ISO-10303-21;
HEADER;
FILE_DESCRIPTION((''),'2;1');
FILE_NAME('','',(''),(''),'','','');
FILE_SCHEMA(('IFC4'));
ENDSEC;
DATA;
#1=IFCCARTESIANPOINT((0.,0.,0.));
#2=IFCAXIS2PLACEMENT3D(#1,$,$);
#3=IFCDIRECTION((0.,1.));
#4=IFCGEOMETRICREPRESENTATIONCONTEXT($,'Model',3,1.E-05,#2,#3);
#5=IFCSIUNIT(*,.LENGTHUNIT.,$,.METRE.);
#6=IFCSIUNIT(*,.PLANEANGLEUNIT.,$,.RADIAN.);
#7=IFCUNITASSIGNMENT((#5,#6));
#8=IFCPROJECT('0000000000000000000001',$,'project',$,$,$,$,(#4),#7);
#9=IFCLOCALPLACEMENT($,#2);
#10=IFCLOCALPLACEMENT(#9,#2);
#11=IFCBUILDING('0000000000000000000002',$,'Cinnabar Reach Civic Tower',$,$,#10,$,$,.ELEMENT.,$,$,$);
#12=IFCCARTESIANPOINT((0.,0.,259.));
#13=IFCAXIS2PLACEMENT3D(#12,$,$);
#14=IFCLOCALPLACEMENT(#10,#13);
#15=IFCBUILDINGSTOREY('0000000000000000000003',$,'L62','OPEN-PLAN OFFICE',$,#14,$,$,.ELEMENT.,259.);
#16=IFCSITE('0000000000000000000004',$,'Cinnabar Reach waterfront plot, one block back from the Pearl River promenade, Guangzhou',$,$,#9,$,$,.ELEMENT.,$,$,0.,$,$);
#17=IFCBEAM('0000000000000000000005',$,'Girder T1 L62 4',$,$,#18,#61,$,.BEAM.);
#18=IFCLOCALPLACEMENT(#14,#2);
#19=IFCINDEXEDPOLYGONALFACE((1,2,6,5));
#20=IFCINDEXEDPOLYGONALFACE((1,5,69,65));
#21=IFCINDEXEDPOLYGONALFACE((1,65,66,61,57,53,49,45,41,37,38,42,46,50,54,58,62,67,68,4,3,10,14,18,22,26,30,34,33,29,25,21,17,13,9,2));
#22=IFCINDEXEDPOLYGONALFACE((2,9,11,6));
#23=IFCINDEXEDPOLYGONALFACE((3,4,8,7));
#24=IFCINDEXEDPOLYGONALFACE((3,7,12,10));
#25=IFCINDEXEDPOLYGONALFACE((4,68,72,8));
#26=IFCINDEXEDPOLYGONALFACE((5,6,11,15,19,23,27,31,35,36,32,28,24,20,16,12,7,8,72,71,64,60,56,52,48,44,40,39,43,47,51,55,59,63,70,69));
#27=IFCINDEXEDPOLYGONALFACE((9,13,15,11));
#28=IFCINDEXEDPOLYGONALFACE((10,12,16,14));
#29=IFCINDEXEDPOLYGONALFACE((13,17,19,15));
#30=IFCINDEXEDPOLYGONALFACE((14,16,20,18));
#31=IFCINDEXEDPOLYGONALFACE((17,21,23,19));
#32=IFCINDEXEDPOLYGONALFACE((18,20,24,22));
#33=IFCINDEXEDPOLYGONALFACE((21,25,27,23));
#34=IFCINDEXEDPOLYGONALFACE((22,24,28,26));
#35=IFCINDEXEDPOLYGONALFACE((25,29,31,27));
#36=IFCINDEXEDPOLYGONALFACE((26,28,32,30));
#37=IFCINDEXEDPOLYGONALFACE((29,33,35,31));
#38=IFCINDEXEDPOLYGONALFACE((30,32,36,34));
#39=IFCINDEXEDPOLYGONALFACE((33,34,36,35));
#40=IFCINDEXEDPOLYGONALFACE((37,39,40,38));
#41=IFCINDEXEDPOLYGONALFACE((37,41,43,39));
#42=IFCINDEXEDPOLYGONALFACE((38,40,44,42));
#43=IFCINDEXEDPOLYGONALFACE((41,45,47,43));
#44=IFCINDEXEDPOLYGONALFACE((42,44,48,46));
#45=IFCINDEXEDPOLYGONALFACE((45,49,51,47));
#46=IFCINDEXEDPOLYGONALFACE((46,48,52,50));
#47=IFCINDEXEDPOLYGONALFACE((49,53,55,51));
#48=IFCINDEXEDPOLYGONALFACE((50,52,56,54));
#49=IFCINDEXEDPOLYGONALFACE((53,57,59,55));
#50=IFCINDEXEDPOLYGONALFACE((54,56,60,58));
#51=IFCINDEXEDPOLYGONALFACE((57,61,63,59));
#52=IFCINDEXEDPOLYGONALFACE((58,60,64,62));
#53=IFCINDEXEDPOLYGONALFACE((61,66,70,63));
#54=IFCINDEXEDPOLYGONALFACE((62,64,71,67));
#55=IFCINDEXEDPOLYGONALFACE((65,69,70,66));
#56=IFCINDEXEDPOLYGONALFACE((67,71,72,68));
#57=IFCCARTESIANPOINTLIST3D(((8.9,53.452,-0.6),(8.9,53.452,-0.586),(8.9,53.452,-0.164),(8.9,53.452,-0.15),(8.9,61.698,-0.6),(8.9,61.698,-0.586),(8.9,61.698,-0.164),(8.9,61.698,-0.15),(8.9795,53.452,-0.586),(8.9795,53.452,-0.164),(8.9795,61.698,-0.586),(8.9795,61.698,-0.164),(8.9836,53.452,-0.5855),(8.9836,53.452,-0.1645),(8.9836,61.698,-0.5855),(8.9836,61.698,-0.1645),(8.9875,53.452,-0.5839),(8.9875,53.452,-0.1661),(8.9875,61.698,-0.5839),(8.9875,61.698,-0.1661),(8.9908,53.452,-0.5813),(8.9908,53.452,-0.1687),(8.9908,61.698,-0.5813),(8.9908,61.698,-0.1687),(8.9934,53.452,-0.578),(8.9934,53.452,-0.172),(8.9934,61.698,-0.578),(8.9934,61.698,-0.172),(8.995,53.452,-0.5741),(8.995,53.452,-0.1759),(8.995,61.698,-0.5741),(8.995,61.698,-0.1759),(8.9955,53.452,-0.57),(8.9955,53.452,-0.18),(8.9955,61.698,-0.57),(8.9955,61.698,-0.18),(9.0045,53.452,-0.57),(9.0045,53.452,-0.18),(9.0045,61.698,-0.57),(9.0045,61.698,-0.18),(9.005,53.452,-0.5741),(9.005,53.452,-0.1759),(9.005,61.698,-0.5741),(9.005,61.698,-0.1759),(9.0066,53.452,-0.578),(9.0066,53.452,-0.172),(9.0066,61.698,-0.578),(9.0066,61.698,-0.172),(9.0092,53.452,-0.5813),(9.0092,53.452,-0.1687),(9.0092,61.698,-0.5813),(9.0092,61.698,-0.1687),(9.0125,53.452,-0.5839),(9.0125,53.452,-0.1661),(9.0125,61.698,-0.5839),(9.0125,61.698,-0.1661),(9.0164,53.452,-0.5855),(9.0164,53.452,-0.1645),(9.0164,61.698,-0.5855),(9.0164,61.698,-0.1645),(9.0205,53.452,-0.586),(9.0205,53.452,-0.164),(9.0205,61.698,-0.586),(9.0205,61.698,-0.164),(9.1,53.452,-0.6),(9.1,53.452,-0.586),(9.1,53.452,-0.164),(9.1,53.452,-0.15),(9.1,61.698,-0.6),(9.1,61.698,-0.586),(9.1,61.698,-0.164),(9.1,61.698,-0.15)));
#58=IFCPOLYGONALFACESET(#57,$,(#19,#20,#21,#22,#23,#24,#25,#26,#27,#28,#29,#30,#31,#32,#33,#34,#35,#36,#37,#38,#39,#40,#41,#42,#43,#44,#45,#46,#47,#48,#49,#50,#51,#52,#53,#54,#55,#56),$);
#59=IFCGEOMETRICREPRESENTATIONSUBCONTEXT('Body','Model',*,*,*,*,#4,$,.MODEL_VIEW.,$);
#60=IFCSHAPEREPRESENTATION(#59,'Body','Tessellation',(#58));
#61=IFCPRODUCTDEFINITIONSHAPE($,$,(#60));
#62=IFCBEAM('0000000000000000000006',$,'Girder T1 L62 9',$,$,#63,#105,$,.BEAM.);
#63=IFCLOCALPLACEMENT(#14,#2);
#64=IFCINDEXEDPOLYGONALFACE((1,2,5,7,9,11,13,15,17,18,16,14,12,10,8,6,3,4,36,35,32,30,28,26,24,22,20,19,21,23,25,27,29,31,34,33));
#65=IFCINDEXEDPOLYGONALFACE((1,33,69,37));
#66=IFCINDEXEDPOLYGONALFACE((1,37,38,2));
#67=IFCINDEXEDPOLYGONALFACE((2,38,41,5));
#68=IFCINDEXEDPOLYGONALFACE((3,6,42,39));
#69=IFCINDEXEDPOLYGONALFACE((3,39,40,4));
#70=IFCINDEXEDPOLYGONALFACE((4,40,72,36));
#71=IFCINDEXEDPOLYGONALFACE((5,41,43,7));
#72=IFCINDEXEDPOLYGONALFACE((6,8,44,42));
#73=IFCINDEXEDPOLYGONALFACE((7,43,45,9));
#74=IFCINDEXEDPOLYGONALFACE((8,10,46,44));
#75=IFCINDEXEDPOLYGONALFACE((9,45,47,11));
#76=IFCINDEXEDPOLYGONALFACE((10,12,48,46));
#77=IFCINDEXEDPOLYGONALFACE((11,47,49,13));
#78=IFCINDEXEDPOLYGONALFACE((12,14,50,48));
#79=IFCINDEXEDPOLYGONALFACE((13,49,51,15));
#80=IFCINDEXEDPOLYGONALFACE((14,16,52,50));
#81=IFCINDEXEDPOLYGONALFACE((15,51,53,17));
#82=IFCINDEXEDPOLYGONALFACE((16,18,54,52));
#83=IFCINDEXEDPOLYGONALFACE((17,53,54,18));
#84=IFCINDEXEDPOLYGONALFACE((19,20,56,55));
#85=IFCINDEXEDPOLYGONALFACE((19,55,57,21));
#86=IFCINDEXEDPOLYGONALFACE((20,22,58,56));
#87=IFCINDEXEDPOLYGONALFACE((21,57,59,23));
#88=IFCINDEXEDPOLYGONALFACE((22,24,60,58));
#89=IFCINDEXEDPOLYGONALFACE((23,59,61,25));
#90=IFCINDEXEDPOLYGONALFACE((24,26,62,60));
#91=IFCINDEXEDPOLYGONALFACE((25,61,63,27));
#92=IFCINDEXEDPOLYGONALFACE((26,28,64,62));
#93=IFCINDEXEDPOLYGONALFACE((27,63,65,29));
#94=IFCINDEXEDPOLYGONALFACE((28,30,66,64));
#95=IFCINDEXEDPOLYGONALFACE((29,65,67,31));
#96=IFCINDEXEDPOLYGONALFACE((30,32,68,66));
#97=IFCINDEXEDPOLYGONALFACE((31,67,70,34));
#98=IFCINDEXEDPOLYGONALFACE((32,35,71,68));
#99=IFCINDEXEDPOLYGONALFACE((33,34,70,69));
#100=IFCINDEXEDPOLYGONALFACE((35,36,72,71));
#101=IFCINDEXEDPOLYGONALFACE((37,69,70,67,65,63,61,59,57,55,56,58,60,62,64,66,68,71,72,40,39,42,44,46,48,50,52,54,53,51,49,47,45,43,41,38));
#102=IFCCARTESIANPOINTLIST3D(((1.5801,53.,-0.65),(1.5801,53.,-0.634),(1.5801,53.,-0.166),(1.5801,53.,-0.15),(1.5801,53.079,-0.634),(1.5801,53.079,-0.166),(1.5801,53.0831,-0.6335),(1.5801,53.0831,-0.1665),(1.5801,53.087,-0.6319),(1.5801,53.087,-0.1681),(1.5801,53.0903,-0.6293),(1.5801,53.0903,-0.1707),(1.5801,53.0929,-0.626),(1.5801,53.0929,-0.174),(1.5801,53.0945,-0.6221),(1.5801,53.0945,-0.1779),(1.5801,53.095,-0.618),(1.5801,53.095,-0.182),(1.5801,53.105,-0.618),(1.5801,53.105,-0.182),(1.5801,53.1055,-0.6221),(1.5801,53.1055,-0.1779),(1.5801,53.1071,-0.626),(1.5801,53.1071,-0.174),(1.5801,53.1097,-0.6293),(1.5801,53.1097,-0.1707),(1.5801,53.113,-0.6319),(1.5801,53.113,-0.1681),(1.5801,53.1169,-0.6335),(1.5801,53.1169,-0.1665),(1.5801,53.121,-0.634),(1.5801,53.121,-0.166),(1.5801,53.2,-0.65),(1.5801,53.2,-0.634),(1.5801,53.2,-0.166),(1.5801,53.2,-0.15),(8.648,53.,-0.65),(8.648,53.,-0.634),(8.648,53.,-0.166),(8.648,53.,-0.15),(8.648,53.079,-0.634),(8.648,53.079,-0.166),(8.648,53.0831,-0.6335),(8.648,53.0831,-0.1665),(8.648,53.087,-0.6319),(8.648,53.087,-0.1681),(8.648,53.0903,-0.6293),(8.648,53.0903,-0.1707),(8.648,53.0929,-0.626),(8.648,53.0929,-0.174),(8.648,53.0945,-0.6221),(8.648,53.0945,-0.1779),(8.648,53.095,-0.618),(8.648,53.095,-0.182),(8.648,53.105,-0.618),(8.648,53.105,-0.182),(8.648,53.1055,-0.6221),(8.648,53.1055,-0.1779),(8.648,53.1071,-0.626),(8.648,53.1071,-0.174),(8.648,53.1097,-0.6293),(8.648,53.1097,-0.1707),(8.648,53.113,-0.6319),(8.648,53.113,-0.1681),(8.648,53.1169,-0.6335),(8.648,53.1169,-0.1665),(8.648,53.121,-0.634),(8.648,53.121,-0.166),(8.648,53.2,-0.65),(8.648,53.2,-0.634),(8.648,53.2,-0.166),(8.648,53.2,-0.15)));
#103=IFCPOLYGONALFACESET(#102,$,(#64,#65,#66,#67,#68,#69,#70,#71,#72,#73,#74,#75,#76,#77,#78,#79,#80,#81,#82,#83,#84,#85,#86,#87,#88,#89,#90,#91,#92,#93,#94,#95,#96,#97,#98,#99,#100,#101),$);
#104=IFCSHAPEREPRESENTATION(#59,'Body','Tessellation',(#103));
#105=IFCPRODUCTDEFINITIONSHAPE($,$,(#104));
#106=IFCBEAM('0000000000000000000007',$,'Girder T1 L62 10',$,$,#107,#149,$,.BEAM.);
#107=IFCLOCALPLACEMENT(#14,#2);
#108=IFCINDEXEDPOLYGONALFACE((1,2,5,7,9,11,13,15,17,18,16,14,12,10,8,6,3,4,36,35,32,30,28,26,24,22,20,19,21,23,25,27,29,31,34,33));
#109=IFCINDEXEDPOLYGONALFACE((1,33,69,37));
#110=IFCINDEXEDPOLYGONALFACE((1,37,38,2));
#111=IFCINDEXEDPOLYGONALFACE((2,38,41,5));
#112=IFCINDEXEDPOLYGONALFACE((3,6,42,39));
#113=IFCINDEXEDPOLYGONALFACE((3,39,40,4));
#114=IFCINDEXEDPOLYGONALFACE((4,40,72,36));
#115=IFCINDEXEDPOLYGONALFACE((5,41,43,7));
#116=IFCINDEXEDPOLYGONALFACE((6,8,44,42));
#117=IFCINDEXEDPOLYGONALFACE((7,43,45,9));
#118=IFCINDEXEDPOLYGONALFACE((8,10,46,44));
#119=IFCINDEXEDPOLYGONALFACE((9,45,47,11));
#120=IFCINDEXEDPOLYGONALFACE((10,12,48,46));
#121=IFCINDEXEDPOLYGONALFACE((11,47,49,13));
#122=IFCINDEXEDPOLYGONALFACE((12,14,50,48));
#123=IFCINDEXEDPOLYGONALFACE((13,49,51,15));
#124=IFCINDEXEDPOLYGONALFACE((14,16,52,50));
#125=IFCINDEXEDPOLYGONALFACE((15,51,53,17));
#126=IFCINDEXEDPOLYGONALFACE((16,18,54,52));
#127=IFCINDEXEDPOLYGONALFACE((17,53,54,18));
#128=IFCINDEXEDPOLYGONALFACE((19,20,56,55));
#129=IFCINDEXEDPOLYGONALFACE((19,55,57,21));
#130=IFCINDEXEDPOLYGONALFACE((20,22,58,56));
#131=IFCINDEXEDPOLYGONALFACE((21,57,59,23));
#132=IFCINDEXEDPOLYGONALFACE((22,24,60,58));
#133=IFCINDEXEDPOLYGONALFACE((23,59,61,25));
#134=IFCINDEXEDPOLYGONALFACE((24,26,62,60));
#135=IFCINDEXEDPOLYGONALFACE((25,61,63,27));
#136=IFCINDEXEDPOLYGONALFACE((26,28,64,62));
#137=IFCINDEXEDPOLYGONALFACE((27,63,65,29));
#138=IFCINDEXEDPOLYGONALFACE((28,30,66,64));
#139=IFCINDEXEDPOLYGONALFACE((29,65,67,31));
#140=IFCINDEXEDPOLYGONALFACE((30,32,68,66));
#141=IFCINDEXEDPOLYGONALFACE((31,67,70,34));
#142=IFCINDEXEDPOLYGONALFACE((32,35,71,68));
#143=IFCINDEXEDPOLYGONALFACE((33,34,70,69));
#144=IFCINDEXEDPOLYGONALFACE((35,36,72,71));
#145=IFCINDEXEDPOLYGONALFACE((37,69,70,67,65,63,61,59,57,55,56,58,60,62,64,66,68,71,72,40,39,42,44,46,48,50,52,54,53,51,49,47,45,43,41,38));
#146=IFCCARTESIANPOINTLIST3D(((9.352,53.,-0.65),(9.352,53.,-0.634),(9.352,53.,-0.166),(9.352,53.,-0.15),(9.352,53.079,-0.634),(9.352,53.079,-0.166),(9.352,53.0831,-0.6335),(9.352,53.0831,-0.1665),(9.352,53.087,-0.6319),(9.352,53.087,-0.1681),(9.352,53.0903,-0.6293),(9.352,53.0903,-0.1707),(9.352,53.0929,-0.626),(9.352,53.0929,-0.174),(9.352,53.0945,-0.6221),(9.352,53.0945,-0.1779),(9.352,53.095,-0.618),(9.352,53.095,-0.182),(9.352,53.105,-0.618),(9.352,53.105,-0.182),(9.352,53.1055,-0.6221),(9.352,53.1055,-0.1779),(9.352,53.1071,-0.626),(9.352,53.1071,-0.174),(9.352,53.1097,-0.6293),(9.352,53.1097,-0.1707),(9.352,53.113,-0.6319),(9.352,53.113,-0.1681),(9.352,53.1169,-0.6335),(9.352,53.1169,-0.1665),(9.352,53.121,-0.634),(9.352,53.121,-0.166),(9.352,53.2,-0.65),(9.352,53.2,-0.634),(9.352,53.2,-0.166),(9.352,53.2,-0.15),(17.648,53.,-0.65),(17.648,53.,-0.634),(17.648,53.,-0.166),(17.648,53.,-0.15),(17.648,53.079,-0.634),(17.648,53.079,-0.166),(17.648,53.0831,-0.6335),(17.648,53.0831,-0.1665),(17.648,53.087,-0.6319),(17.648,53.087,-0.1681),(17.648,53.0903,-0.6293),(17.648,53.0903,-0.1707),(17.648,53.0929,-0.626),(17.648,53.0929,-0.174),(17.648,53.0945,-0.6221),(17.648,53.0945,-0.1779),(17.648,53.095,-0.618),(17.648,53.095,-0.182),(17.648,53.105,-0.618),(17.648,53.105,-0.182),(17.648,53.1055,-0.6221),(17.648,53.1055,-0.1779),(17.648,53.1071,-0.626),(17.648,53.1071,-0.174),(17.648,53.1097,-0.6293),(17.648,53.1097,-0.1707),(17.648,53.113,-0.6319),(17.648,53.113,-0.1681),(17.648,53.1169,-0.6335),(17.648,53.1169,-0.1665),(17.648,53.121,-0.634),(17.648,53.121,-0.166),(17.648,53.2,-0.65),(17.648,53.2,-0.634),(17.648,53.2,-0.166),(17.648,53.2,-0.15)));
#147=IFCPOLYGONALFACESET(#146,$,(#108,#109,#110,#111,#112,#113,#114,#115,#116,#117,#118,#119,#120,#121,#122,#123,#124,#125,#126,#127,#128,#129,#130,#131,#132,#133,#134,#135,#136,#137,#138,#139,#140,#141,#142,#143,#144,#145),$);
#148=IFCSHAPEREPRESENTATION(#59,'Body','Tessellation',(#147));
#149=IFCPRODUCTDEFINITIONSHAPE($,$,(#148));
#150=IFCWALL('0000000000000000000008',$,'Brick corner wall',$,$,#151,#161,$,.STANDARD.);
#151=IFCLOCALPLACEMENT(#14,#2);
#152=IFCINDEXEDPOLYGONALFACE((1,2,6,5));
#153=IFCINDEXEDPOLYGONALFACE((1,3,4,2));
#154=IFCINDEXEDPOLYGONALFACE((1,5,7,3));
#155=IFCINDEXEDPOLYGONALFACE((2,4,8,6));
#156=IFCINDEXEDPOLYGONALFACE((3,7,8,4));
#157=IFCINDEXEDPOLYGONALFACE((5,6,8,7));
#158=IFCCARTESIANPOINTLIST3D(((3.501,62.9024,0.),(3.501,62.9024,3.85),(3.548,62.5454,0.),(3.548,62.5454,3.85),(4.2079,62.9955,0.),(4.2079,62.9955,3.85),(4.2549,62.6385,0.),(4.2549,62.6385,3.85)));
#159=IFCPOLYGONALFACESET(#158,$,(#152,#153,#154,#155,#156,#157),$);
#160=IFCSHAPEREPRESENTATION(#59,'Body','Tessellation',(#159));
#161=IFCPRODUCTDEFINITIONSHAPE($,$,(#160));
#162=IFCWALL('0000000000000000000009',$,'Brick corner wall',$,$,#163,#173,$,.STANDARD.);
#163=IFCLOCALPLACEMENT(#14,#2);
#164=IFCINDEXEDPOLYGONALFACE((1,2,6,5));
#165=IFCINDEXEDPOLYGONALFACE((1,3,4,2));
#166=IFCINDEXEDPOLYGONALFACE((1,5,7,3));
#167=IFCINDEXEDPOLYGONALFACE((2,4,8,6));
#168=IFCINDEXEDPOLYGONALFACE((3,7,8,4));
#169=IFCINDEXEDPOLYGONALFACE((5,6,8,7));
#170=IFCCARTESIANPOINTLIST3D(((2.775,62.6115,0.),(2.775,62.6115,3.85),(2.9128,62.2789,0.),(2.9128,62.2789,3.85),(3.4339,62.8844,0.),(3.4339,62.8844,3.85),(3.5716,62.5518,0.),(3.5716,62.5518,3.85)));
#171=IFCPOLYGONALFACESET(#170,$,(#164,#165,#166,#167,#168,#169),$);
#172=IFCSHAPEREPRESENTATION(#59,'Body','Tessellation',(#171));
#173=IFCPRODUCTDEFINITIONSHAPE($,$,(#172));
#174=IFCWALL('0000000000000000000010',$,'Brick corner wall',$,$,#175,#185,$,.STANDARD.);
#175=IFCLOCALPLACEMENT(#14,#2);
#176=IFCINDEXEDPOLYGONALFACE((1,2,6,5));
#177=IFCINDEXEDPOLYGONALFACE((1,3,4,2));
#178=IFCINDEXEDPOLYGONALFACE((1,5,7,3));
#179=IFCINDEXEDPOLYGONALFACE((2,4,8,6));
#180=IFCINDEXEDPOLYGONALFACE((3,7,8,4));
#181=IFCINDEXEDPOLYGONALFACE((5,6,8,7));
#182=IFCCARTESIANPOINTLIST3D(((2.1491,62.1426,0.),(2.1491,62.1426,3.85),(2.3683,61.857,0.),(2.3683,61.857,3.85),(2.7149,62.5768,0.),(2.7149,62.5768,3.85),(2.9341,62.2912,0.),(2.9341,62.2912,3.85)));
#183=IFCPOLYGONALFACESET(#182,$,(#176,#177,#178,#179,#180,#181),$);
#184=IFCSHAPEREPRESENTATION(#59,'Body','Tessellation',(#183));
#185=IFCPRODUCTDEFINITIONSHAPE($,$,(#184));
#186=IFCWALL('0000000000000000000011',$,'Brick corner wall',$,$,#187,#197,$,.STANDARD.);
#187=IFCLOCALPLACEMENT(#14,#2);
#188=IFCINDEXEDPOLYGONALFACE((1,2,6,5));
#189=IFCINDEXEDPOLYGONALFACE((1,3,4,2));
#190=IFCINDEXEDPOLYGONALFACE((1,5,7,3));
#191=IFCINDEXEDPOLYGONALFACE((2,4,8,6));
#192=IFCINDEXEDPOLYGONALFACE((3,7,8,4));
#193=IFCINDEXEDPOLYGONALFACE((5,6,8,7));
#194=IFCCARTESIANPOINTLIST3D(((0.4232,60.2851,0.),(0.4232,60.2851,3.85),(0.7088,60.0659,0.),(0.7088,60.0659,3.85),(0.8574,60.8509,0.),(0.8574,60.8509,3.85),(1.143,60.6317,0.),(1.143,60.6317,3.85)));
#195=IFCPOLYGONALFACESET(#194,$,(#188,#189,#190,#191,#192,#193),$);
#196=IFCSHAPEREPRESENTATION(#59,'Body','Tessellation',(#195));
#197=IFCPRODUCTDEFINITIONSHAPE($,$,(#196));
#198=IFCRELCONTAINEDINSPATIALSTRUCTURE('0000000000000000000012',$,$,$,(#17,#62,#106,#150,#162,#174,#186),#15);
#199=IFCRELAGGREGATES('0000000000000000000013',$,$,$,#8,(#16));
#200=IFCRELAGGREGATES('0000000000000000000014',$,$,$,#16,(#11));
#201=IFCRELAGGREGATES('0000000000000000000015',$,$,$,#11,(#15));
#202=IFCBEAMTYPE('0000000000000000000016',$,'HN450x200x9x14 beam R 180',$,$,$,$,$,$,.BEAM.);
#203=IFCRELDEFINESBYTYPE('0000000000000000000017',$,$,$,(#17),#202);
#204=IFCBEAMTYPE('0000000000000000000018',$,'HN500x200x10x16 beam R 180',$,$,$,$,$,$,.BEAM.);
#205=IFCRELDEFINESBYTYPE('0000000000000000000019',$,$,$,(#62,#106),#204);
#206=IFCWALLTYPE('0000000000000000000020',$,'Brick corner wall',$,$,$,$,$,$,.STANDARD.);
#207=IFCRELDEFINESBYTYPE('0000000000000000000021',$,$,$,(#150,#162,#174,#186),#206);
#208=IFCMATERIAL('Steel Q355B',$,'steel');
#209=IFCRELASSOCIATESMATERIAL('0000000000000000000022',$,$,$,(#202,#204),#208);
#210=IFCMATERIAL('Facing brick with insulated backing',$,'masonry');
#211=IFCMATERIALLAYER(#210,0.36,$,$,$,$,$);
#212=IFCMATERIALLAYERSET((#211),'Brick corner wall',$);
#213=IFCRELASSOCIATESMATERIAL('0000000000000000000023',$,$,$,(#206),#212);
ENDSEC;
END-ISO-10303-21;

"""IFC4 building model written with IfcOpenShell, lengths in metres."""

from ifc_helpers import new_model, si_unit, direction, frame, frame_2d, origin, origin_2d, place, context, subcontext, project, spatial, rectangle, i_section, extrude, material, layer, layer_set, material_profile, profile_set, type_object, element, save


model = new_model("IFC4")

# Units and contexts
model_context = context("Model", 3, precision=1e-05, world=origin(), true_north=direction((0.0, 1.0)))
body_context = subcontext(model_context, "Body", "Model", "MODEL_VIEW")
ifc_project = project(units=[si_unit("LENGTHUNIT", "METRE"), si_unit("PLANEANGLEUNIT", "RADIAN")], contexts=[model_context])

# Site, building, storey
site_placement = place(None, origin())
site = spatial("IfcSite", under=ifc_project, at=site_placement, Name="Cinnabar Reach waterfront plot, one block back from the Pearl River promenade, Guangzhou", CompositionType="ELEMENT", RefElevation=0.0)
building_placement = place(site_placement, origin())
building = spatial("IfcBuilding", under=site, at=building_placement, Name="Cinnabar Reach Civic Tower", CompositionType="ELEMENT")
storey_placement = place(building_placement, frame((0.0, 0.0, 259.0)))
storey = spatial("IfcBuildingStorey", under=building, at=storey_placement, Name="L62", Description="OPEN-PLAN OFFICE", CompositionType="ELEMENT", Elevation=259.0)

# Beams
ifc_material_1 = material(Name="Steel Q355B", Category="steel")
ifc_material_profile_1 = material_profile(ifc_material_1, i_section(OverallWidth=0.2, OverallDepth=0.45, WebThickness=0.009, FlangeThickness=0.014, FilletRadius=0.016, at=origin_2d()), Name="HN450x200x9x14")
ifc_profile_set_1 = profile_set([ifc_material_profile_1], Name="Steel Q355B")
beam_type_1 = type_object("IfcBeamType", Name="HN450x200x9x14 beam R 180", PredefinedType="BEAM", material=ifc_profile_set_1)
beam_1_placement = place(storey_placement, frame((9.0, 53.452, -0.375), z_axis=(0.0, 1.0, 0.0), x_axis=(-1.0, 0.0, 0.0)))
element("IfcBeam", 1, at=beam_1_placement, inside=storey, type_object=beam_type_1, Name="Girder T1 L62 4", PredefinedType="BEAM", context=body_context, shape_type="SweptSolid", body=[
    extrude(i_section(OverallWidth=0.2, OverallDepth=0.45, WebThickness=0.009, FlangeThickness=0.014, FilletRadius=0.016, at=origin_2d()), origin(), (0.0, 0.0, 1.0), 8.246),
])
ifc_material_profile_2 = material_profile(ifc_material_1, i_section(OverallWidth=0.2, OverallDepth=0.5, WebThickness=0.01, FlangeThickness=0.016, FilletRadius=0.016, at=origin_2d()), Name="HN500x200x10x16")
ifc_profile_set_2 = profile_set([ifc_material_profile_2], Name="Steel Q355B")
beam_type_2 = type_object("IfcBeamType", Name="HN500x200x10x16 beam R 180", PredefinedType="BEAM", material=ifc_profile_set_2)
beam_2_placement = place(storey_placement, frame((1.5801, 53.1, -0.4), z_axis=(1.0, 0.0, 0.0), x_axis=(0.0, 1.0, 0.0)))
element("IfcBeam", 2, at=beam_2_placement, inside=storey, type_object=beam_type_2, Name="Girder T1 L62 9", PredefinedType="BEAM", context=body_context, shape_type="SweptSolid", body=[
    extrude(i_section(OverallWidth=0.2, OverallDepth=0.5, WebThickness=0.01, FlangeThickness=0.016, FilletRadius=0.016, at=origin_2d()), origin(), (0.0, 0.0, 1.0), 7.0679),
])
beam_3_placement = place(storey_placement, frame((9.352, 53.1, -0.4), z_axis=(1.0, 0.0, 0.0), x_axis=(0.0, 1.0, 0.0)))
element("IfcBeam", 3, at=beam_3_placement, inside=storey, type_object=beam_type_2, Name="Girder T1 L62 10", PredefinedType="BEAM", context=body_context, shape_type="SweptSolid", body=[
    extrude(i_section(OverallWidth=0.2, OverallDepth=0.5, WebThickness=0.01, FlangeThickness=0.016, FilletRadius=0.016, at=origin_2d()), origin(), (0.0, 0.0, 1.0), 8.296),
])

# Walls
ifc_material_2 = material(Name="Facing brick with insulated backing", Category="masonry")
ifc_layer_1 = layer(ifc_material_2, 0.36)
ifc_layer_set_1 = layer_set([ifc_layer_1], Name="Brick corner wall")
wall_type_1 = type_object("IfcWallType", Name="Brick corner wall", PredefinedType="STANDARD", material=ifc_layer_set_1)
for number, where, z_axis, x_axis, name in (
    (4, (4.2314, 62.817, 0.0), (0.0, 0.0, 1.0), (-0.991441, -0.130556, 0.0), "Brick corner wall"),
    (5, (3.5027, 62.7181, 0.0), (0.0, 0.0, 1.0), (-0.923872, -0.382703, 0.0), "Brick corner wall"),
):
    element("IfcWall", number, at=place(storey_placement, frame(where, z_axis=z_axis, x_axis=x_axis)), inside=storey, type_object=wall_type_1, Name=name, PredefinedType="STANDARD", context=body_context, shape_type="SweptSolid", body=[
        extrude(rectangle(XDim=0.7131, YDim=0.36, at=frame_2d((0.3565, 0.0))), origin(), (0.0, 0.0, 1.0), 3.85),
    ])
for number, where, z_axis, x_axis, name in (
    (6, (2.8245, 62.434, 0.0), (0.0, 0.0, 1.0), (-0.793322, -0.608802, 0.0), "Brick corner wall"),
    (7, (1.0002, 60.7413, 0.0), (0.0, 0.0, 1.0), (-0.608802, -0.793322, 0.0), "Brick corner wall"),
):
    element("IfcWall", number, at=place(storey_placement, frame(where, z_axis=z_axis, x_axis=x_axis)), inside=storey, type_object=wall_type_1, Name=name, PredefinedType="STANDARD", context=body_context, shape_type="SweptSolid", body=[
        extrude(rectangle(XDim=0.7132, YDim=0.36, at=frame_2d((0.3566, 0.0))), origin(), (0.0, 0.0, 1.0), 3.85),
    ])

save(model, "model.ifc")
